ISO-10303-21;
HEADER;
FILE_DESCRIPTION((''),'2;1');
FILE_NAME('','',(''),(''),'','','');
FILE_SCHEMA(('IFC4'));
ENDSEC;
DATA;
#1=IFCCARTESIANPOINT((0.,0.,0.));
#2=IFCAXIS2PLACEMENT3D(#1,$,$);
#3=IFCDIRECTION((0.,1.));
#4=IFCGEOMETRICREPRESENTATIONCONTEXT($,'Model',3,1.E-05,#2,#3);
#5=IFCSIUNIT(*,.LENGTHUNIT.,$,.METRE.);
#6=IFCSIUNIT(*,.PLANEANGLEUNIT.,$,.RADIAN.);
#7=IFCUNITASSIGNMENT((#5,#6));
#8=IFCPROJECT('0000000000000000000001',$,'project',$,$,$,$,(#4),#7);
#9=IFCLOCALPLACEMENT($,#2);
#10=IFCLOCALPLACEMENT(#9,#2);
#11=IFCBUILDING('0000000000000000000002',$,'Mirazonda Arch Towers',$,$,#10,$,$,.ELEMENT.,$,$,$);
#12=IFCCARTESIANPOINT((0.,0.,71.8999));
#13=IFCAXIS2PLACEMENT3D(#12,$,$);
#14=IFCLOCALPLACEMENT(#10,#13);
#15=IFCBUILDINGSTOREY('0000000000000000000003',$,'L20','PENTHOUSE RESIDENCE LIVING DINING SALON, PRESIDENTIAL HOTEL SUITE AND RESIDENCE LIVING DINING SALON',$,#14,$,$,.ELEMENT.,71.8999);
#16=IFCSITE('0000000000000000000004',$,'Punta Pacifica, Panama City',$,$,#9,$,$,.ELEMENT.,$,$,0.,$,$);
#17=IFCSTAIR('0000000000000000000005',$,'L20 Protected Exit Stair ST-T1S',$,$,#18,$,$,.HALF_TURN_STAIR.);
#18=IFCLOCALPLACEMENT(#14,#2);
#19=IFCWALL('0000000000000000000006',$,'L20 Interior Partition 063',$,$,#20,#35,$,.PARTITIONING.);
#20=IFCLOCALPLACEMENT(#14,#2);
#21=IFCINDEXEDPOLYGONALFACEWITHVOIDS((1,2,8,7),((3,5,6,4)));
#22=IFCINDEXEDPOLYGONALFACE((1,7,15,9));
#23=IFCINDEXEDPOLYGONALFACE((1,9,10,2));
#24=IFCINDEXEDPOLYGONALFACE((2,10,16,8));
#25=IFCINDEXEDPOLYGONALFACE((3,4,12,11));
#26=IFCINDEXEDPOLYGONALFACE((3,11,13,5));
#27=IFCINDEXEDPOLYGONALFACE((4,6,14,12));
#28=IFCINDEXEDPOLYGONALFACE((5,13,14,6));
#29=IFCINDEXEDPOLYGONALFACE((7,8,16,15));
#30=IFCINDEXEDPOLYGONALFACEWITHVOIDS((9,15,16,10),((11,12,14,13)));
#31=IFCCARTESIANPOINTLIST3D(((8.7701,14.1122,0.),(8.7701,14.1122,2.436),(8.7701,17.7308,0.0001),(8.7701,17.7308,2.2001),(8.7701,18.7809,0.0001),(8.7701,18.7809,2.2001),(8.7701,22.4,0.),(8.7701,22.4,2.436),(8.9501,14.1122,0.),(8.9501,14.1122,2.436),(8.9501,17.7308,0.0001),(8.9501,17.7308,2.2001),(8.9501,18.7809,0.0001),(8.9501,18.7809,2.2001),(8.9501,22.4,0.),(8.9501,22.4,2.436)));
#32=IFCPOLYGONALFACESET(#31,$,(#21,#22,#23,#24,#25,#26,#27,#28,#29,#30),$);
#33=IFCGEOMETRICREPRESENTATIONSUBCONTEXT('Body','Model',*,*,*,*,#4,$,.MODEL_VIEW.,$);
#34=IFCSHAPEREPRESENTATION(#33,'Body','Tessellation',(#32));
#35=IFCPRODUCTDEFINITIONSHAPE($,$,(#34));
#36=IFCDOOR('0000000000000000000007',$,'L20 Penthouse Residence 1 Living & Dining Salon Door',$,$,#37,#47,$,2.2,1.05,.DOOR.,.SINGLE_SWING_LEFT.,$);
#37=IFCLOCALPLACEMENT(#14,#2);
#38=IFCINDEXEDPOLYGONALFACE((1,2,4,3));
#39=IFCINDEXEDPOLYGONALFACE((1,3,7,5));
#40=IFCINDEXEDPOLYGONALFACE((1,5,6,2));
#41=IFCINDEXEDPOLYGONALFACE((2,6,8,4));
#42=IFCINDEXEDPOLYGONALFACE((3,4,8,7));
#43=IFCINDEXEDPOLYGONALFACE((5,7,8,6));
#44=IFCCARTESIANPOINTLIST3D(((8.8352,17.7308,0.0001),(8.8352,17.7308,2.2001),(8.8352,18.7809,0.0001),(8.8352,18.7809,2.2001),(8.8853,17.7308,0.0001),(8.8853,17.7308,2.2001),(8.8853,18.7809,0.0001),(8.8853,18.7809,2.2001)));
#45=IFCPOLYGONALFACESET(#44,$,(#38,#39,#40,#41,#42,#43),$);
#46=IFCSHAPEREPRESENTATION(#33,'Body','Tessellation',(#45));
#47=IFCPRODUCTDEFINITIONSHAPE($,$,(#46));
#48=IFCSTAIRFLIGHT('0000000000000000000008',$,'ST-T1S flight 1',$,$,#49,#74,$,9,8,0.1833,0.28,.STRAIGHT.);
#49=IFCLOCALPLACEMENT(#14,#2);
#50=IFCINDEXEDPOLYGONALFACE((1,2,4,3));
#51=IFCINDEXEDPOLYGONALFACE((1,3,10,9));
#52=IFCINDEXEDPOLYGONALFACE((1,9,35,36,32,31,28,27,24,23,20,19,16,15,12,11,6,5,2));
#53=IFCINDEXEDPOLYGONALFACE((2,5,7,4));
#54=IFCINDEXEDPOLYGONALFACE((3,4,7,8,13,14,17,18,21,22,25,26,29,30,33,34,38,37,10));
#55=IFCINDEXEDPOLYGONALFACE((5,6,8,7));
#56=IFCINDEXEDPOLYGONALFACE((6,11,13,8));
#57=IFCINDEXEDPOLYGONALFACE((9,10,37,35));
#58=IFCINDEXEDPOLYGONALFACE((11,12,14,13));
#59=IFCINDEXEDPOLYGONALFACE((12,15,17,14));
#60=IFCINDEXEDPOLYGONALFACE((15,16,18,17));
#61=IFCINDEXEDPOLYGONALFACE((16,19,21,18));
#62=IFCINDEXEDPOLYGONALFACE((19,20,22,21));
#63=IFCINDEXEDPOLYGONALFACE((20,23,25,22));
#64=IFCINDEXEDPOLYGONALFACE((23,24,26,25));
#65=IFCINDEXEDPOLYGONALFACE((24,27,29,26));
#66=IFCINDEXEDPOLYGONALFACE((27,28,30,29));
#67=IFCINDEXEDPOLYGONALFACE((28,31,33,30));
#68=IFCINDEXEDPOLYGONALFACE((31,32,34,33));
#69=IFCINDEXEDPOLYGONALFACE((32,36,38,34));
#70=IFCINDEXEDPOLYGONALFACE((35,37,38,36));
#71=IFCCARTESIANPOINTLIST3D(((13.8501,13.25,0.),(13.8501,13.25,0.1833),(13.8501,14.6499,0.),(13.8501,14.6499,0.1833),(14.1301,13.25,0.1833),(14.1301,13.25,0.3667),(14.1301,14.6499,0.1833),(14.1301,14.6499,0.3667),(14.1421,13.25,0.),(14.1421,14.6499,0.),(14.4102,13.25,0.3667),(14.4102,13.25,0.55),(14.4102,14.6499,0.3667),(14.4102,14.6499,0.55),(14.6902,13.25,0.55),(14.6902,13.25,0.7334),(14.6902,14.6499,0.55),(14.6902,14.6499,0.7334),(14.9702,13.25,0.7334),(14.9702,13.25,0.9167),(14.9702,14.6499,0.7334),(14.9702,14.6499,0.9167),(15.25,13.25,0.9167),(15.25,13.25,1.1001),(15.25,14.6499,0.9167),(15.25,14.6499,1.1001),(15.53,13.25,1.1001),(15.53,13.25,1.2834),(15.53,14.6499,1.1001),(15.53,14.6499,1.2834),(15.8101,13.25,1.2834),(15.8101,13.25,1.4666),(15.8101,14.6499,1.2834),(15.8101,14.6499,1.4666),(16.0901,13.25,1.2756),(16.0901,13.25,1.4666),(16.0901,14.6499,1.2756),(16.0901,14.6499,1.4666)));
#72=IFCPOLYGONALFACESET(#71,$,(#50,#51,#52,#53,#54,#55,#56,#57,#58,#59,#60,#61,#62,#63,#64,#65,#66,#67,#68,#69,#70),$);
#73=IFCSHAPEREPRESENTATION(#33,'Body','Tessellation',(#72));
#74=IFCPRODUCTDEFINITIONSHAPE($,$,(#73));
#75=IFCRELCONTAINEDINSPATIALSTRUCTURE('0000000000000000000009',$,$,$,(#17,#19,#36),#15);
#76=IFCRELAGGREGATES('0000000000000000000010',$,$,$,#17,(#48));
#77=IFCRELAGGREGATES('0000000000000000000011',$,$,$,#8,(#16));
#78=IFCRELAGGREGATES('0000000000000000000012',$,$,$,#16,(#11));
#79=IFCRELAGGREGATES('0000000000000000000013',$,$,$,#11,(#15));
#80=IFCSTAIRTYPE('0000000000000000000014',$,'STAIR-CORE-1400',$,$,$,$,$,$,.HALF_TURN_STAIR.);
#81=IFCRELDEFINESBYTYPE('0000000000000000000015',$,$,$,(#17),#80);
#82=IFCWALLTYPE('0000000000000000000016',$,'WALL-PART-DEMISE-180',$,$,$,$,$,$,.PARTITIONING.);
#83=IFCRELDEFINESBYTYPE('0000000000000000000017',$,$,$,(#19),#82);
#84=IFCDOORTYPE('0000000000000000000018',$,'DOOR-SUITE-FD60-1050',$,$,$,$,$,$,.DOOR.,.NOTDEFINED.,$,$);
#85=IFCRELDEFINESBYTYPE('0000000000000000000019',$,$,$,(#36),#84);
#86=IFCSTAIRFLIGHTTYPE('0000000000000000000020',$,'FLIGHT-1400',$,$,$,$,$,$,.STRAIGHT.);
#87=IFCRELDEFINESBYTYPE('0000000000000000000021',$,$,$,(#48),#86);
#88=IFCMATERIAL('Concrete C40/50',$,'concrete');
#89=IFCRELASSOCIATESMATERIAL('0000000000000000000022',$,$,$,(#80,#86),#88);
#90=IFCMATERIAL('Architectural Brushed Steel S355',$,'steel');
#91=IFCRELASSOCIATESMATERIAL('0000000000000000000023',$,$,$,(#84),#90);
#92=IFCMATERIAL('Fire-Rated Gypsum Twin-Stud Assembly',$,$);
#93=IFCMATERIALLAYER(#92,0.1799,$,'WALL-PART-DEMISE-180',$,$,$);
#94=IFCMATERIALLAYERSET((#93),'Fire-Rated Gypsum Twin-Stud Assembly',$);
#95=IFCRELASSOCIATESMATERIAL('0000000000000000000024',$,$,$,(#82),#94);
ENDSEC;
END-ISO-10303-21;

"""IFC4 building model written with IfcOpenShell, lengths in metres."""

from ifc_helpers import new_model, si_unit, direction, frame, frame_2d, origin, place, context, subcontext, project, spatial, polyline, rectangle, outline, extrude, material, layer, layer_set, type_object, element, fill, aggregate, save


model = new_model("IFC4")

# Units and contexts
model_context = context("Model", 3, precision=1e-05, world=origin(), true_north=direction((0.0, 1.0)))
body_context = subcontext(model_context, "Body", "Model", "MODEL_VIEW")
ifc_project = project(units=[si_unit("LENGTHUNIT", "METRE"), si_unit("PLANEANGLEUNIT", "RADIAN")], contexts=[model_context])

# Site, building, storey
site_placement = place(None, origin())
site = spatial("IfcSite", under=ifc_project, at=site_placement, Name="Punta Pacifica, Panama City", CompositionType="ELEMENT", RefElevation=0.0)
building_placement = place(site_placement, origin())
building = spatial("IfcBuilding", under=site, at=building_placement, Name="Mirazonda Arch Towers", CompositionType="ELEMENT")
storey_placement = place(building_placement, frame((0.0, 0.0, 71.8999)))
storey = spatial("IfcBuildingStorey", under=building, at=storey_placement, Name="L20", Description="PENTHOUSE RESIDENCE LIVING DINING SALON, PRESIDENTIAL HOTEL SUITE AND RESIDENCE LIVING DINING SALON", CompositionType="ELEMENT", Elevation=71.8999)

# Stair
ifc_material_1 = material(Name="Concrete C40/50", Category="concrete")
stair_type = type_object("IfcStairType", Name="STAIR-CORE-1400", PredefinedType="HALF_TURN_STAIR", material=ifc_material_1)
stair_1_placement = place(storey_placement, origin())
stair_1 = element("IfcStair", 1, at=stair_1_placement, inside=storey, type_object=stair_type, Name="L20 Protected Exit Stair ST-T1S", PredefinedType="HALF_TURN_STAIR")

# Shared definitions
ifc_material_2 = material(Name="Architectural Brushed Steel S355", Category="steel")
door_type_1 = type_object("IfcDoorType", Name="DOOR-SUITE-FD60-1050", OperationType="NOTDEFINED", PredefinedType="DOOR", material=ifc_material_2)

# Shared definitions
ifc_material_3 = material(Name="Fire-Rated Gypsum Twin-Stud Assembly")
ifc_layer_1 = layer(ifc_material_3, 0.1799, Name="WALL-PART-DEMISE-180")
ifc_layer_set_1 = layer_set([ifc_layer_1], Name="Fire-Rated Gypsum Twin-Stud Assembly")
wall_type_1 = type_object("IfcWallType", Name="WALL-PART-DEMISE-180", PredefinedType="PARTITIONING", material=ifc_layer_set_1)

# Wall, opening, door
wall_1_placement = place(storey_placement, frame((8.8601, 14.1121, 0.0), z_axis=(0.0, 0.0, 1.0), x_axis=(0.0, 1.0, 0.0)))
wall_1 = element("IfcWall", 2, at=wall_1_placement, inside=storey, type_object=wall_type_1, Name="L20 Interior Partition 063", PredefinedType="PARTITIONING", context=body_context, shape_type="SweptSolid", body=[
    extrude(rectangle(XDim=8.2878, YDim=0.1799, at=frame_2d((4.144, 0.0))), origin(), (0.0, 0.0, 1.0), 2.436),
])
opening_1_placement = place(wall_1_placement, frame((3.6189, 0.0, 0.0)))
opening_1 = element("IfcOpeningElement", 3, at=opening_1_placement, cuts=wall_1, PredefinedType="OPENING", context=body_context, shape_type="SweptSolid", body=[
    extrude(rectangle(XDim=1.05, YDim=2.2, at=frame_2d((0.5249, 1.1001))), frame((0.0, 0.0999, 0.0), z_axis=(0.0, -1.0, 0.0), x_axis=(1.0, 0.0, 0.0)), (0.0, 0.0, 1.0), 0.2),
])
door_1_placement = place(opening_1_placement, origin())
door_1 = element("IfcDoor", 4, at=door_1_placement, inside=storey, type_object=door_type_1, Name="L20 Penthouse Residence 1 Living & Dining Salon Door", OperationType="SINGLE_SWING_LEFT", OverallHeight=2.2, OverallWidth=1.05, PredefinedType="DOOR", context=body_context, shape_type="SweptSolid", body=[
    extrude(rectangle(XDim=1.05, YDim=2.2, at=frame_2d((0.5249, 1.1001))), frame((0.0, 0.0249, 0.0), z_axis=(0.0, -1.0, 0.0), x_axis=(1.0, 0.0, 0.0)), (0.0, 0.0, 1.0), 0.05),
])
fill(opening_1, door_1)

# Stair flight
stair_flight_type = type_object("IfcStairFlightType", Name="FLIGHT-1400", PredefinedType="STRAIGHT", material=ifc_material_1)
stair_flight_placement = place(storey_placement, frame((13.8501, 13.95, 0.0), z_axis=(0.0, 0.0, 1.0), x_axis=(1.0, 0.0, 0.0)))
stair_flight = element("IfcStairFlight", 5, at=stair_flight_placement, type_object=stair_flight_type, Name="ST-T1S flight 1", NumberOfRisers=9, NumberOfTreads=8, PredefinedType="STRAIGHT", RiserHeight=0.1833, TreadLength=0.28, context=body_context, shape_type="SweptSolid", body=[
    extrude(outline(polyline([(0.0, 0.0), (0.0, 0.1833), (0.28, 0.1833), (0.28, 0.3667), (0.5601, 0.3667), (0.5601, 0.55), (0.8401, 0.55), (0.8401, 0.7334), (1.1201, 0.7334), (1.1201, 0.9167), (1.3999, 0.9167), (1.3999, 1.1001), (1.6799, 1.1001), (1.6799, 1.2834), (1.96, 1.2834), (1.96, 1.4666), (2.24, 1.4666), (2.24, 1.6499), (2.24, 1.2756), (0.292, 0.0), (0.0, 0.0)])), frame((0.0, 0.7, 0.0), z_axis=(0.0, -1.0, 0.0), x_axis=(1.0, 0.0, 0.0)), (0.0, 0.0, 1.0), 1.3999),
])
aggregate(stair_1, [stair_flight])

save(model, "model.ifc")
